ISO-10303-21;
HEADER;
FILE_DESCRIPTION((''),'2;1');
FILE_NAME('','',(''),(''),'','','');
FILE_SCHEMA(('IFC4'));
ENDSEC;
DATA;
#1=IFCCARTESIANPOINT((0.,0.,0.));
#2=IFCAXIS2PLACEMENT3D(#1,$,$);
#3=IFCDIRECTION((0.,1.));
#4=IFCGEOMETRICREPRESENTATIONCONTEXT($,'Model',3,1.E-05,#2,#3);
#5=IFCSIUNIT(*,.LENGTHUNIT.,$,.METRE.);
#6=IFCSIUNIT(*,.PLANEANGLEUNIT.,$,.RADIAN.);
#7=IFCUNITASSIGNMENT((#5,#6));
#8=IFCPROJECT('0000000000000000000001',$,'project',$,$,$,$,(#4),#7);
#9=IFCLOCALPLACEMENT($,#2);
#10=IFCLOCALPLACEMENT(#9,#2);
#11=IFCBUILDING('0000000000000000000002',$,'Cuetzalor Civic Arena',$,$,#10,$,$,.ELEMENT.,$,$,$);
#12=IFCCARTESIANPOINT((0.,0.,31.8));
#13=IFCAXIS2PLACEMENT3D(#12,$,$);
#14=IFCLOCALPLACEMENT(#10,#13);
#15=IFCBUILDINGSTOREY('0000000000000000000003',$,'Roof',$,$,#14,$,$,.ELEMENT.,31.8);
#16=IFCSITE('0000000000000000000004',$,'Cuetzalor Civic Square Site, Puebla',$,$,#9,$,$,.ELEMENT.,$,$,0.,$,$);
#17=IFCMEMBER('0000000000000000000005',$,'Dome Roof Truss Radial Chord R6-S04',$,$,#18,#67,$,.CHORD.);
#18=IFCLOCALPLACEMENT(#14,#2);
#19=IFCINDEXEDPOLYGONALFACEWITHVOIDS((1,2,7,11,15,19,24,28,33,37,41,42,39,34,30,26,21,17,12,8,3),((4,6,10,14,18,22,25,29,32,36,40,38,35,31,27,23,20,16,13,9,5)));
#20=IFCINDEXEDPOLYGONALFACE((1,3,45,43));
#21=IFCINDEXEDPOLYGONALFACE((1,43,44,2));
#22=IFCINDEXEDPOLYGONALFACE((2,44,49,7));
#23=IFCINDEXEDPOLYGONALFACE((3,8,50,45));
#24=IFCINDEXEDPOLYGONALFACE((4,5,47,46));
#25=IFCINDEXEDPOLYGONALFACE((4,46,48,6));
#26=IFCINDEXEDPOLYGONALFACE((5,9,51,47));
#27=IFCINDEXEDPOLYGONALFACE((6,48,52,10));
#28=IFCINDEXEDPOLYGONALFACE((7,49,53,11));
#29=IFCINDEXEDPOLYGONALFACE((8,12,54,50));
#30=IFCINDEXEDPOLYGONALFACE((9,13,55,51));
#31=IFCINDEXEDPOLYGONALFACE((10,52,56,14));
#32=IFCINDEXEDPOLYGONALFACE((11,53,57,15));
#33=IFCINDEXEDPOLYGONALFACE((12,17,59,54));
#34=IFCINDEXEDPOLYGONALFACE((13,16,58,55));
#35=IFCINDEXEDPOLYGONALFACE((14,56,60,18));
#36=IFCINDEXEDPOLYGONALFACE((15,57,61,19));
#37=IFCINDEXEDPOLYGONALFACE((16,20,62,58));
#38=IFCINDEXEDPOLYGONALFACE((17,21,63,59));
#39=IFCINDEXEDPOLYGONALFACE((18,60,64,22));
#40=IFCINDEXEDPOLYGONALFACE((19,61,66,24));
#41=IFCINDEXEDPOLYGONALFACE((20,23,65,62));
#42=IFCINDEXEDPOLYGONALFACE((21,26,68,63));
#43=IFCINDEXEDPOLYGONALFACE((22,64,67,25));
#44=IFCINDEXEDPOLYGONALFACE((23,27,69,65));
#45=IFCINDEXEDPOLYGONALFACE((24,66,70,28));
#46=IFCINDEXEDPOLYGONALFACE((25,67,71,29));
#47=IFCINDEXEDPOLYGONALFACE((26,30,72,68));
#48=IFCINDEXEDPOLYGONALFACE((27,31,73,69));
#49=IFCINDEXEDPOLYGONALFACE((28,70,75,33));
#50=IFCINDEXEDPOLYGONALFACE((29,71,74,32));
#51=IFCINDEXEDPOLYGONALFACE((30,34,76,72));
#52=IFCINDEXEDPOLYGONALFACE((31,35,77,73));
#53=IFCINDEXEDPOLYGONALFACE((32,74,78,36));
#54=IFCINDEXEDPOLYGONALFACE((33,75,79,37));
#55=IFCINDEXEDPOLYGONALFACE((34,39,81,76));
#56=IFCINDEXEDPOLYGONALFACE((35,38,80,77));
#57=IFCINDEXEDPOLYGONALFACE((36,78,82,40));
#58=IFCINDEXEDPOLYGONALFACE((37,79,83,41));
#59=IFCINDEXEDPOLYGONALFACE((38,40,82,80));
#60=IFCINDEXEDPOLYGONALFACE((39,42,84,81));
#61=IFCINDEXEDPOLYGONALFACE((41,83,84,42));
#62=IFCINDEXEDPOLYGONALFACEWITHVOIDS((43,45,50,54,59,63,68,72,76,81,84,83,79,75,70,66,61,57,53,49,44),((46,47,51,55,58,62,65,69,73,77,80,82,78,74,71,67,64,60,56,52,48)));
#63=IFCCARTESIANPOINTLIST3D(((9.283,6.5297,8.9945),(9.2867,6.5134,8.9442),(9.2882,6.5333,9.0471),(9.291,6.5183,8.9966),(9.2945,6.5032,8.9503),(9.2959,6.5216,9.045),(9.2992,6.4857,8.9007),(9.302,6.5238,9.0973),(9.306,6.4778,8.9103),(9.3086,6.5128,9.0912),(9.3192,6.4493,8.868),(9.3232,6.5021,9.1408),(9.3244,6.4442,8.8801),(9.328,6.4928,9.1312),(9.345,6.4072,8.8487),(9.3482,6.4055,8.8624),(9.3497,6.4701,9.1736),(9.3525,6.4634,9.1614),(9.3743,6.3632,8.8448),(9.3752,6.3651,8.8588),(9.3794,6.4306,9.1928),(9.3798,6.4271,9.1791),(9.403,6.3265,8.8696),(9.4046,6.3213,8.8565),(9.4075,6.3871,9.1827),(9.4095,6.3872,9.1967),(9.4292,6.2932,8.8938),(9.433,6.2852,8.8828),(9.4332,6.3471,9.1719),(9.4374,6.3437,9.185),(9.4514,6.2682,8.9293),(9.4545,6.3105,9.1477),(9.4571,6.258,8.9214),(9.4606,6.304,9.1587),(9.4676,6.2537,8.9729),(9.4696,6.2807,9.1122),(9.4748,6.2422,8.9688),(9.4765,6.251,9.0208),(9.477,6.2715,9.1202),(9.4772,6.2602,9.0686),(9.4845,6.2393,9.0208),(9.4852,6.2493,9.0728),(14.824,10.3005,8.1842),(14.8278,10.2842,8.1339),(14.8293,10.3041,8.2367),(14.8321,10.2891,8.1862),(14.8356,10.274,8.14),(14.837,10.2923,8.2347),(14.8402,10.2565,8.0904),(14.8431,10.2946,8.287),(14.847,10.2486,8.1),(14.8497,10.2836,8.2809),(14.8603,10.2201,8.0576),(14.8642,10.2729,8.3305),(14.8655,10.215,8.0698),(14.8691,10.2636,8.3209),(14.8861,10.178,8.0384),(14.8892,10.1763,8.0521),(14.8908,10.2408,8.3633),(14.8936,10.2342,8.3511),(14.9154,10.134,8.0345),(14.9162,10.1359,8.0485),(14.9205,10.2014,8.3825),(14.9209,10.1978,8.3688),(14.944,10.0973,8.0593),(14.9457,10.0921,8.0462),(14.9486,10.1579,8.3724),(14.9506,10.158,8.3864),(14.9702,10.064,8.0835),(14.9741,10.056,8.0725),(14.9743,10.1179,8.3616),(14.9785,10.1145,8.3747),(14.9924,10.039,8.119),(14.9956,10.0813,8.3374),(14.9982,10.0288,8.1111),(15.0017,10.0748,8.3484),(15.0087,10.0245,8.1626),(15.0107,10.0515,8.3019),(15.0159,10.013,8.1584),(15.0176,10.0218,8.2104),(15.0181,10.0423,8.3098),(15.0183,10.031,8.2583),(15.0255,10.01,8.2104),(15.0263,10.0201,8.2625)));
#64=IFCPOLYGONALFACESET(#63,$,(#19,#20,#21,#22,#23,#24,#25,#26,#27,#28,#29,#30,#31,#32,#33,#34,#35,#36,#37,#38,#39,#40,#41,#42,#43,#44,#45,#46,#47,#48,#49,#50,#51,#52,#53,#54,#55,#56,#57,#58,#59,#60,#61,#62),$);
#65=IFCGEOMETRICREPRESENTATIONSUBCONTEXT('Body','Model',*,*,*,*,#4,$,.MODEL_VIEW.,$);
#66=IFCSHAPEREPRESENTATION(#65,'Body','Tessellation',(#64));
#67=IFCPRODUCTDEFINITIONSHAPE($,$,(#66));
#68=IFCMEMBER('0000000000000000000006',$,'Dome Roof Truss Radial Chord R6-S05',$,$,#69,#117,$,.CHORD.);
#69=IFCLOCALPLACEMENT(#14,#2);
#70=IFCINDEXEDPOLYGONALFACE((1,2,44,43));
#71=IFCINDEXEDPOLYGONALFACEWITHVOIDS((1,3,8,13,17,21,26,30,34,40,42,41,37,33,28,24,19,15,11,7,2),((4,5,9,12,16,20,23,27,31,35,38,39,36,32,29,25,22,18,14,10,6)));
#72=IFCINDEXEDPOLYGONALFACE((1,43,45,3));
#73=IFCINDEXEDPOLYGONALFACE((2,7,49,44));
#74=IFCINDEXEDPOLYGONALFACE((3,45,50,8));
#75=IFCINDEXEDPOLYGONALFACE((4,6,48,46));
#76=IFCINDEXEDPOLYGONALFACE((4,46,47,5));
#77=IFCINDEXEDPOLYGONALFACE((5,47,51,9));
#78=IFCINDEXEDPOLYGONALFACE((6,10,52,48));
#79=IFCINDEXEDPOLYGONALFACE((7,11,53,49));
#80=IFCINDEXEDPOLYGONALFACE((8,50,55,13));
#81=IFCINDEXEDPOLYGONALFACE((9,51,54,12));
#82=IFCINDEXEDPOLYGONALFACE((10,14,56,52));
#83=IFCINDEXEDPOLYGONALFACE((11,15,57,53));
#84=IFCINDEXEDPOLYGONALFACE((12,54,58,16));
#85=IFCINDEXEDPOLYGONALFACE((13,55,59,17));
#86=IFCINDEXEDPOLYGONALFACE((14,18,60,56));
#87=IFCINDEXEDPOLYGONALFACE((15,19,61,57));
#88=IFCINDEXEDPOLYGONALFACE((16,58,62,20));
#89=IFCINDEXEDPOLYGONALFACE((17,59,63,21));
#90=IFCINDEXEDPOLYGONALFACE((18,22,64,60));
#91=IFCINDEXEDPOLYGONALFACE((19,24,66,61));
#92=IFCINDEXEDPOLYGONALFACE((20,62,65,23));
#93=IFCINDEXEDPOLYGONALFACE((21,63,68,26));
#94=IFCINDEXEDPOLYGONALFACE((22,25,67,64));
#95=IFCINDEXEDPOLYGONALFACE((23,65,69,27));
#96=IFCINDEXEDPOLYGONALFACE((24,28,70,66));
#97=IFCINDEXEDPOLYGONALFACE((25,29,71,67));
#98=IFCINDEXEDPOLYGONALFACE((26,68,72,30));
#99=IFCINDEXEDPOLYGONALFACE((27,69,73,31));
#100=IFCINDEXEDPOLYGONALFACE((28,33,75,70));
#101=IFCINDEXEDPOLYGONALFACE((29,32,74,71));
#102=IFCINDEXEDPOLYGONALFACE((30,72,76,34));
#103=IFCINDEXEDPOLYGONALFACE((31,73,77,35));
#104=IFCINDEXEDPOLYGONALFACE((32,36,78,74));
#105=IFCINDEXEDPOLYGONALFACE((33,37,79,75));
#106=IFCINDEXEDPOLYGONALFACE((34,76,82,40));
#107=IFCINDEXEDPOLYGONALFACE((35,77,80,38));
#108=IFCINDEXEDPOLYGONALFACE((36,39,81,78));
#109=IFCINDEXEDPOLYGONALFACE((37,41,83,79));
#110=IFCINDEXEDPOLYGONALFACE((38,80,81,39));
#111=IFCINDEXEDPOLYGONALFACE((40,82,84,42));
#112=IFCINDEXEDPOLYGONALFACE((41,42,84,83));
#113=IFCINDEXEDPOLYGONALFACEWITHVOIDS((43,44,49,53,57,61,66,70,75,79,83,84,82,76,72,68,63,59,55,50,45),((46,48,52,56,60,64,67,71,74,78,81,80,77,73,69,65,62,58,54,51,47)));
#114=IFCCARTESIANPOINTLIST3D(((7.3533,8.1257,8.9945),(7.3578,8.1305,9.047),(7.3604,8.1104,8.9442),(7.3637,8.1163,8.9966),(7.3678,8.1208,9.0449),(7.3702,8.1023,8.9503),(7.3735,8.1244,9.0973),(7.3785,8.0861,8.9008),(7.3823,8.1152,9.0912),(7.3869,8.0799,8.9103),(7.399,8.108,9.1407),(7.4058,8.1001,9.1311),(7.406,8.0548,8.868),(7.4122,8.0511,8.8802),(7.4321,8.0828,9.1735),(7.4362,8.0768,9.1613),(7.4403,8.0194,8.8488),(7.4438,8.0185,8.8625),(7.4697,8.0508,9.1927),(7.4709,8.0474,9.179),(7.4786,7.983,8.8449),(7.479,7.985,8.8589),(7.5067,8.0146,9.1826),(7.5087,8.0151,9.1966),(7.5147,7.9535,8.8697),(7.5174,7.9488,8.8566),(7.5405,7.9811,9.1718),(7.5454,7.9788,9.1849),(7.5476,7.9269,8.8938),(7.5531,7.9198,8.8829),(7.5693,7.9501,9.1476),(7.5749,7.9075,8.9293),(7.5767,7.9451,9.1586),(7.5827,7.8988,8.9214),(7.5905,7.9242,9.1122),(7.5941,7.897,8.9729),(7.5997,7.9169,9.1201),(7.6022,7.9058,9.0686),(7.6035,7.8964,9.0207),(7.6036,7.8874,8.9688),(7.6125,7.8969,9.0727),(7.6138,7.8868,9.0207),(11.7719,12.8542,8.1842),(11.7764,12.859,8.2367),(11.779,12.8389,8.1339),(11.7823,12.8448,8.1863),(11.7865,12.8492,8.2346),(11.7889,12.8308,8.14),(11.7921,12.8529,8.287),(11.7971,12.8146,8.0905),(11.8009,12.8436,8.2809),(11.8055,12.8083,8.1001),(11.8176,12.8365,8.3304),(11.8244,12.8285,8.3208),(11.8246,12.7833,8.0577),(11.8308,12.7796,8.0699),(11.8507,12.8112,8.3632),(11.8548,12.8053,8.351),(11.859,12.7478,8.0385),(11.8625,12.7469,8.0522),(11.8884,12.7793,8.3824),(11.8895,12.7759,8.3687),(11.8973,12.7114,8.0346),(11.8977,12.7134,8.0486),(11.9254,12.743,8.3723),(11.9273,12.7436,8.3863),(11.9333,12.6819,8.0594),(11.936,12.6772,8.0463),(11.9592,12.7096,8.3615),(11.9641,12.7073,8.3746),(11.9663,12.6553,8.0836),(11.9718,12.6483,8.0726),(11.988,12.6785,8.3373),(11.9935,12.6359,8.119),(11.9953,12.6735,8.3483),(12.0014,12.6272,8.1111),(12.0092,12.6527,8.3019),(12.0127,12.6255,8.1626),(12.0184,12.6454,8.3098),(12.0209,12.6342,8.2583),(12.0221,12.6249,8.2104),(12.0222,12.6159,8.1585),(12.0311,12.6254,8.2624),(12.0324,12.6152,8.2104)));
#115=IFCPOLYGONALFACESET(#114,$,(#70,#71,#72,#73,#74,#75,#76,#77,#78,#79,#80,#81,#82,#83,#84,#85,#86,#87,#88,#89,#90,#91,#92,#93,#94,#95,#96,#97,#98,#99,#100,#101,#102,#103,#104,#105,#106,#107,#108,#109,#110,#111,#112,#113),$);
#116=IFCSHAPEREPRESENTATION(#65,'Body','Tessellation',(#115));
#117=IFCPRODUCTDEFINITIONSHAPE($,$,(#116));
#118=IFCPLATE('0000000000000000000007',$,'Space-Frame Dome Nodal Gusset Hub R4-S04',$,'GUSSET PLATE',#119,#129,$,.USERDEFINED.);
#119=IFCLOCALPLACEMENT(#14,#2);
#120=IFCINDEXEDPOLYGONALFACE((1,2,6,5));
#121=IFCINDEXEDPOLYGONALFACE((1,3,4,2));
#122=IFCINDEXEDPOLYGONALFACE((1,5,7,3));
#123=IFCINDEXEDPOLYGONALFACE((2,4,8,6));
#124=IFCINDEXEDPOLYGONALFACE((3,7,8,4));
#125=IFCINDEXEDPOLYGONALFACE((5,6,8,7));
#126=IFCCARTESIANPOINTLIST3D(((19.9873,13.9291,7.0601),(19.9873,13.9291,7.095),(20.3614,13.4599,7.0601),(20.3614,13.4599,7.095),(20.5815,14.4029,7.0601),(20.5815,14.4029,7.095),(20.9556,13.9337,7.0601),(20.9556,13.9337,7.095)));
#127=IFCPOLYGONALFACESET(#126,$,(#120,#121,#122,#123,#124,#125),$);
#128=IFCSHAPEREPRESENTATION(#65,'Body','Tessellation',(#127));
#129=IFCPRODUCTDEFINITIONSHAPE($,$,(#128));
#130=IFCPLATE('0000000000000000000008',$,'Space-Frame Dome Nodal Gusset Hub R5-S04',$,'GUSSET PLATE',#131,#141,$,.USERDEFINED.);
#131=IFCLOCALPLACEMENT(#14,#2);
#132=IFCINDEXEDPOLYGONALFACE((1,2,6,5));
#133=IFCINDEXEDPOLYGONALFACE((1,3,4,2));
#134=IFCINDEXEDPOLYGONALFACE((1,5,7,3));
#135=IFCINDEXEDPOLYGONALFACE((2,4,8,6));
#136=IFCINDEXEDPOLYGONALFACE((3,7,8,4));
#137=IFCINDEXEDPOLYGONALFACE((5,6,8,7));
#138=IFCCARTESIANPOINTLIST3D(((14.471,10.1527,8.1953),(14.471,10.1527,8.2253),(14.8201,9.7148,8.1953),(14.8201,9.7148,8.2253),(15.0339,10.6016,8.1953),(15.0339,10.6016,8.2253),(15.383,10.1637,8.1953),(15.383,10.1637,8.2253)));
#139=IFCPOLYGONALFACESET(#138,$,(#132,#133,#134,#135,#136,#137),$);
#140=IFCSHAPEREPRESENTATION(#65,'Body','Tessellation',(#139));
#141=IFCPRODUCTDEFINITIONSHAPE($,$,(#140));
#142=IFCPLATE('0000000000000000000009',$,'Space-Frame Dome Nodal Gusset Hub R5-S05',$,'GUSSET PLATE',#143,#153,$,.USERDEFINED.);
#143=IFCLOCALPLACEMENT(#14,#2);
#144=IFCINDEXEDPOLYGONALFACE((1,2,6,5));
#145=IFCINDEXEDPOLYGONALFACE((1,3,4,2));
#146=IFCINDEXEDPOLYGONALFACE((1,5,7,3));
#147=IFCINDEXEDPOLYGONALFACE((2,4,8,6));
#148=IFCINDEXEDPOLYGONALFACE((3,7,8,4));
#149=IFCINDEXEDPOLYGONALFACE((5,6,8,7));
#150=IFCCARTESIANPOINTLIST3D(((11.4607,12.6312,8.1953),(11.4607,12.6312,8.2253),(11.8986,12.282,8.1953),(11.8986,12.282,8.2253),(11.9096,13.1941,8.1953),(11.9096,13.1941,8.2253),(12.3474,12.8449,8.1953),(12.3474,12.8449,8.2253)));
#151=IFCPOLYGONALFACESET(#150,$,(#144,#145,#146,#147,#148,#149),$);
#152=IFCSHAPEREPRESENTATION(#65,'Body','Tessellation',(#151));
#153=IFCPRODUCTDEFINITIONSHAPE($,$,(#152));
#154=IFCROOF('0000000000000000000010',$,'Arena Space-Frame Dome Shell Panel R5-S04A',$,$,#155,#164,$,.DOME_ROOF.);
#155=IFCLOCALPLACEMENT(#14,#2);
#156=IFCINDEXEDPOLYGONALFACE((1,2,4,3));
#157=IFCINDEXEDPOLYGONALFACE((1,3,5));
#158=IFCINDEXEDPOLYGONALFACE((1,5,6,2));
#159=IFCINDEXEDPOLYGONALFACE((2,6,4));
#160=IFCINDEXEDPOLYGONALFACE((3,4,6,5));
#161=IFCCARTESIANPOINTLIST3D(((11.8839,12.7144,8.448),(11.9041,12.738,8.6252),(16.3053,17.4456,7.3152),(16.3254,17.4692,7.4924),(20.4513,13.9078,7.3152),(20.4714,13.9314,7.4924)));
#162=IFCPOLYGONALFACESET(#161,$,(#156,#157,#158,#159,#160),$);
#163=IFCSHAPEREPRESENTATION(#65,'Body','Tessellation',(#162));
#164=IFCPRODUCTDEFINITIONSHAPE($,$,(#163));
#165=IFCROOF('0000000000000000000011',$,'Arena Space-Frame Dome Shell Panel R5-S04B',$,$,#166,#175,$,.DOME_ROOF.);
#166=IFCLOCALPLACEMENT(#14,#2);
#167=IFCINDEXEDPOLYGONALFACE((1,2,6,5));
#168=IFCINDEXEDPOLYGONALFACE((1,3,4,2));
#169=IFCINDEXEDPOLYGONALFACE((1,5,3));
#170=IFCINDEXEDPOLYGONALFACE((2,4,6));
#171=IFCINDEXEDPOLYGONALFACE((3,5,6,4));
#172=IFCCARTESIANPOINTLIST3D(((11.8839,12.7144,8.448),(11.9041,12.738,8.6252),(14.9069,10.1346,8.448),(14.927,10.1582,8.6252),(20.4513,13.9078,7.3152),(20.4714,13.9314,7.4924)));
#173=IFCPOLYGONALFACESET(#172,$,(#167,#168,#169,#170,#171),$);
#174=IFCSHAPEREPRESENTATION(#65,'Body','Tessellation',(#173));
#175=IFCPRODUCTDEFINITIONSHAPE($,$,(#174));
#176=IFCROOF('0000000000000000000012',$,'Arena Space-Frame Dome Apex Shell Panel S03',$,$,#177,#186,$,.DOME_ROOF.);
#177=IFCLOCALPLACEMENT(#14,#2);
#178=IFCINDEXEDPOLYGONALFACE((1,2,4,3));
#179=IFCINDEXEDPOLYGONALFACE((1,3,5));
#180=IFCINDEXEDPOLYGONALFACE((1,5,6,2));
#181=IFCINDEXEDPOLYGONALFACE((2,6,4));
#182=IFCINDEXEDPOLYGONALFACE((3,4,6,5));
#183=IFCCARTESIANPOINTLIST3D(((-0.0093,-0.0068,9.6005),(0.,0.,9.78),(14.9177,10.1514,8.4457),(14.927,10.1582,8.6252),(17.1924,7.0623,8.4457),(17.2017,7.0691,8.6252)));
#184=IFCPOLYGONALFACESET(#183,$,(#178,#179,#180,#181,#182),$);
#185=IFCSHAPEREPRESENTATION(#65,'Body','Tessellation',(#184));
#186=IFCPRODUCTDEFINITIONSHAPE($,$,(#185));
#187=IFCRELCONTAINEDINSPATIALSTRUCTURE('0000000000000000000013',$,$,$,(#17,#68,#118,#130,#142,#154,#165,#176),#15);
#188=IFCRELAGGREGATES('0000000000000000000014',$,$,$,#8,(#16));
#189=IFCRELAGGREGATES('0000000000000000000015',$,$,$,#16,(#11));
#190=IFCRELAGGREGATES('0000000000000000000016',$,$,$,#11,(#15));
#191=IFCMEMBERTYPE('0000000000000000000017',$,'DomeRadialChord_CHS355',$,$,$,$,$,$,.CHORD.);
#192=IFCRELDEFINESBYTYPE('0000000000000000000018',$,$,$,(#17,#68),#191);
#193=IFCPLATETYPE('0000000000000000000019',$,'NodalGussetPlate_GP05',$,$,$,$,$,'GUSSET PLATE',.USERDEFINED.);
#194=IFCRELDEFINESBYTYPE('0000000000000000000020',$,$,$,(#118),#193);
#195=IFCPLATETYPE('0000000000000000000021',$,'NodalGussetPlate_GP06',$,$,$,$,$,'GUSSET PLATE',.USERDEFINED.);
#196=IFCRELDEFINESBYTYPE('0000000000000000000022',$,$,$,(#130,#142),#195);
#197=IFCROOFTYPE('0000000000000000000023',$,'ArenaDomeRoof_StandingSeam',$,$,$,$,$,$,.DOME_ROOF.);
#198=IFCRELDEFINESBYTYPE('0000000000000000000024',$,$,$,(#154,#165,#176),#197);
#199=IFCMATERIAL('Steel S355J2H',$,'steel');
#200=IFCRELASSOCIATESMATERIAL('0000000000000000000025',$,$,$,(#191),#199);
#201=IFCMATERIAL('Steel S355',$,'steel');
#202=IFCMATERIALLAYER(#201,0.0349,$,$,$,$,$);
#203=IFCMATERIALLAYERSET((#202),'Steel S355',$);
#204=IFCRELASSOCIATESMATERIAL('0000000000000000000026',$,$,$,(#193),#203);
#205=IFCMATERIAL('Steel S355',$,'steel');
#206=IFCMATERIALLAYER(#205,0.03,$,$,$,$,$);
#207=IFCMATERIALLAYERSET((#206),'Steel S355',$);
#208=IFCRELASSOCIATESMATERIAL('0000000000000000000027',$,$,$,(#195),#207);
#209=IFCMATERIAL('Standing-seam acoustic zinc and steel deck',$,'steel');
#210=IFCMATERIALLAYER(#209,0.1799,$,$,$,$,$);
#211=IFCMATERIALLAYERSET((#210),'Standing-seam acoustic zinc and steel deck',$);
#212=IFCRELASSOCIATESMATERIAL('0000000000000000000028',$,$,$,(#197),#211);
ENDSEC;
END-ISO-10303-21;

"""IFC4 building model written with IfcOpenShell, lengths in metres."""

from ifc_helpers import new_model, si_unit, direction, frame, origin, origin_2d, place, context, subcontext, project, spatial, polyline, rectangle, hollow_circle, outline, extrude, material, layer, layer_set, material_profile, profile_set, type_object, element, save


model = new_model("IFC4")

# Units and contexts
model_context = context("Model", 3, precision=1e-05, world=origin(), true_north=direction((0.0, 1.0)))
body_context = subcontext(model_context, "Body", "Model", "MODEL_VIEW")
ifc_project = project(units=[si_unit("LENGTHUNIT", "METRE"), si_unit("PLANEANGLEUNIT", "RADIAN")], contexts=[model_context])

# Site, building, storey
site_placement = place(None, origin())
site = spatial("IfcSite", under=ifc_project, at=site_placement, Name="Cuetzalor Civic Square Site, Puebla", CompositionType="ELEMENT", RefElevation=0.0)
building_placement = place(site_placement, origin())
building = spatial("IfcBuilding", under=site, at=building_placement, Name="Cuetzalor Civic Arena", CompositionType="ELEMENT")
storey_placement = place(building_placement, frame((0.0, 0.0, 31.8)))
storey = spatial("IfcBuildingStorey", under=building, at=storey_placement, Name="Roof", CompositionType="ELEMENT", Elevation=31.8)

# Members
ifc_material_1 = material(Name="Steel S355J2H", Category="steel")
ifc_material_profile_1 = material_profile(ifc_material_1, hollow_circle(Radius=0.1777, WallThickness=0.0142, at=origin_2d()), Name="CHS 355.6x14.2")
ifc_profile_set_1 = profile_set([ifc_material_profile_1], Name="Steel S355J2H")
member_type_1 = type_object("IfcMemberType", Name="DomeRadialChord_CHS355", PredefinedType="CHORD", material=ifc_profile_set_1)
member_1_placement = place(storey_placement, frame((14.9255, 10.157, 8.2104), z_axis=(-0.820751, -0.558535, 0.120024), x_axis=(0.562602, -0.826728, 0.0)))
element("IfcMember", 1, at=member_1_placement, inside=storey, type_object=member_type_1, Name="Dome Roof Truss Radial Chord R6-S04", PredefinedType="CHORD", context=body_context, shape_type="SweptSolid", body=[
    extrude(hollow_circle(Radius=0.1777, WallThickness=0.0142, at=origin_2d()), origin(), (0.0, 0.0, 1.0), 6.7512),
])
member_2_placement = place(storey_placement, frame((11.9026, 12.7366, 8.2104), z_axis=(-0.677476, -0.724977, 0.124236), x_axis=(0.730637, -0.682766, 0.0)))
element("IfcMember", 2, at=member_2_placement, inside=storey, type_object=member_type_1, Name="Dome Roof Truss Radial Chord R6-S05", PredefinedType="CHORD", context=body_context, shape_type="SweptSolid", body=[
    extrude(hollow_circle(Radius=0.1777, WallThickness=0.0142, at=origin_2d()), origin(), (0.0, 0.0, 1.0), 6.5222),
])

# Plates
ifc_material_2 = material(Name="Steel S355", Category="steel")
ifc_layer_1 = layer(ifc_material_2, 0.0349)
ifc_layer_set_1 = layer_set([ifc_layer_1], Name="Steel S355")
plate_type_1 = type_object("IfcPlateType", Name="NodalGussetPlate_GP05", ElementType="GUSSET PLATE", PredefinedType="USERDEFINED", material=ifc_layer_set_1)
plate_placement = place(storey_placement, frame((20.4714, 13.9314, 7.0601), z_axis=(0.0, 0.0, 1.0), x_axis=(0.781847, 0.62347, 0.0)))
element("IfcPlate", 3, at=plate_placement, inside=storey, type_object=plate_type_1, Name="Space-Frame Dome Nodal Gusset Hub R4-S04", ObjectType="GUSSET PLATE", PredefinedType="USERDEFINED", context=body_context, shape_type="SweptSolid", body=[
    extrude(rectangle(XDim=0.76, YDim=0.6001, at=origin_2d()), origin(), (0.0, 0.0, 1.0), 0.0349),
])
ifc_material_3 = material(Name="Steel S355", Category="steel")
ifc_layer_2 = layer(ifc_material_3, 0.03)
ifc_layer_set_2 = layer_set([ifc_layer_2], Name="Steel S355")
plate_type_2 = type_object("IfcPlateType", Name="NodalGussetPlate_GP06", ElementType="GUSSET PLATE", PredefinedType="USERDEFINED", material=ifc_layer_set_2)
for number, where, z_axis, x_axis, name in (
    (4, (14.927, 10.1582, 8.1953), (0.0, 0.0, 1.0), (0.781847, 0.62347, 0.0), "Space-Frame Dome Nodal Gusset Hub R5-S04"),
    (5, (11.9041, 12.738, 8.1953), (0.0, 0.0, 1.0), (0.62347, 0.781847, 0.0), "Space-Frame Dome Nodal Gusset Hub R5-S05"),
):
    element("IfcPlate", number, at=place(storey_placement, frame(where, z_axis=z_axis, x_axis=x_axis)), inside=storey, type_object=plate_type_2, Name=name, ObjectType="GUSSET PLATE", PredefinedType="USERDEFINED", context=body_context, shape_type="SweptSolid", body=[
        extrude(rectangle(XDim=0.72, YDim=0.5601, at=origin_2d()), origin(), (0.0, 0.0, 1.0), 0.03),
    ])

# Roofs
ifc_material_4 = material(Name="Standing-seam acoustic zinc and steel deck", Category="steel")
ifc_layer_3 = layer(ifc_material_4, 0.1799)
ifc_layer_set_3 = layer_set([ifc_layer_3], Name="Standing-seam acoustic zinc and steel deck")
roof_type = type_object("IfcRoofType", Name="ArenaDomeRoof_StandingSeam", PredefinedType="DOME_ROOF", material=ifc_layer_set_3)
roof_1_placement = place(storey_placement, frame((20.4714, 13.9314, 7.4924), z_axis=(0.111965, 0.131212, 0.985011), x_axis=(-0.760693, 0.649111, 0.0)))
element("IfcRoof", 6, at=roof_1_placement, inside=storey, type_object=roof_type, Name="Arena Space-Frame Dome Shell Panel R5-S04A", PredefinedType="DOME_ROOF", context=body_context, shape_type="SweptSolid", body=[
    extrude(outline(polyline([(0.0, 0.0), (5.4503, 0.0), (5.7425, 6.5674), (0.0, 0.0)])), origin(), (0.0, 0.0, -1.0), 0.1799),
])
roof_2_placement = place(storey_placement, frame((20.4714, 13.9314, 7.4924), z_axis=(0.111967, 0.131199, 0.985013), x_axis=(-0.982052, -0.136791, 0.129851)))
element("IfcRoof", 7, at=roof_2_placement, inside=storey, type_object=roof_type, Name="Arena Space-Frame Dome Shell Panel R5-S04B", PredefinedType="DOME_ROOF", context=body_context, shape_type="SweptSolid", body=[
    extrude(outline(polyline([(0.0, 0.0), (8.724, 0.0), (6.1082, 2.9919), (0.0, 0.0)])), origin(), (0.0, 0.0, -1.0), 0.1799),
])
roof_3_placement = place(storey_placement, frame((17.2017, 7.0691, 8.6252), z_axis=(0.051432, 0.037872, 0.997958), x_axis=(-0.592941, 0.805246, 0.0)))
element("IfcRoof", 8, at=roof_3_placement, inside=storey, type_object=roof_type, Name="Arena Space-Frame Dome Apex Shell Panel S03", PredefinedType="DOME_ROOF", context=body_context, shape_type="SweptSolid", body=[
    extrude(outline(polyline([(0.0, 0.0), (3.8362, 0.0), (4.5072, 18.08), (0.0, 0.0)])), origin(), (0.0, 0.0, -1.0), 0.1799),
])

save(model, "model.ifc")
